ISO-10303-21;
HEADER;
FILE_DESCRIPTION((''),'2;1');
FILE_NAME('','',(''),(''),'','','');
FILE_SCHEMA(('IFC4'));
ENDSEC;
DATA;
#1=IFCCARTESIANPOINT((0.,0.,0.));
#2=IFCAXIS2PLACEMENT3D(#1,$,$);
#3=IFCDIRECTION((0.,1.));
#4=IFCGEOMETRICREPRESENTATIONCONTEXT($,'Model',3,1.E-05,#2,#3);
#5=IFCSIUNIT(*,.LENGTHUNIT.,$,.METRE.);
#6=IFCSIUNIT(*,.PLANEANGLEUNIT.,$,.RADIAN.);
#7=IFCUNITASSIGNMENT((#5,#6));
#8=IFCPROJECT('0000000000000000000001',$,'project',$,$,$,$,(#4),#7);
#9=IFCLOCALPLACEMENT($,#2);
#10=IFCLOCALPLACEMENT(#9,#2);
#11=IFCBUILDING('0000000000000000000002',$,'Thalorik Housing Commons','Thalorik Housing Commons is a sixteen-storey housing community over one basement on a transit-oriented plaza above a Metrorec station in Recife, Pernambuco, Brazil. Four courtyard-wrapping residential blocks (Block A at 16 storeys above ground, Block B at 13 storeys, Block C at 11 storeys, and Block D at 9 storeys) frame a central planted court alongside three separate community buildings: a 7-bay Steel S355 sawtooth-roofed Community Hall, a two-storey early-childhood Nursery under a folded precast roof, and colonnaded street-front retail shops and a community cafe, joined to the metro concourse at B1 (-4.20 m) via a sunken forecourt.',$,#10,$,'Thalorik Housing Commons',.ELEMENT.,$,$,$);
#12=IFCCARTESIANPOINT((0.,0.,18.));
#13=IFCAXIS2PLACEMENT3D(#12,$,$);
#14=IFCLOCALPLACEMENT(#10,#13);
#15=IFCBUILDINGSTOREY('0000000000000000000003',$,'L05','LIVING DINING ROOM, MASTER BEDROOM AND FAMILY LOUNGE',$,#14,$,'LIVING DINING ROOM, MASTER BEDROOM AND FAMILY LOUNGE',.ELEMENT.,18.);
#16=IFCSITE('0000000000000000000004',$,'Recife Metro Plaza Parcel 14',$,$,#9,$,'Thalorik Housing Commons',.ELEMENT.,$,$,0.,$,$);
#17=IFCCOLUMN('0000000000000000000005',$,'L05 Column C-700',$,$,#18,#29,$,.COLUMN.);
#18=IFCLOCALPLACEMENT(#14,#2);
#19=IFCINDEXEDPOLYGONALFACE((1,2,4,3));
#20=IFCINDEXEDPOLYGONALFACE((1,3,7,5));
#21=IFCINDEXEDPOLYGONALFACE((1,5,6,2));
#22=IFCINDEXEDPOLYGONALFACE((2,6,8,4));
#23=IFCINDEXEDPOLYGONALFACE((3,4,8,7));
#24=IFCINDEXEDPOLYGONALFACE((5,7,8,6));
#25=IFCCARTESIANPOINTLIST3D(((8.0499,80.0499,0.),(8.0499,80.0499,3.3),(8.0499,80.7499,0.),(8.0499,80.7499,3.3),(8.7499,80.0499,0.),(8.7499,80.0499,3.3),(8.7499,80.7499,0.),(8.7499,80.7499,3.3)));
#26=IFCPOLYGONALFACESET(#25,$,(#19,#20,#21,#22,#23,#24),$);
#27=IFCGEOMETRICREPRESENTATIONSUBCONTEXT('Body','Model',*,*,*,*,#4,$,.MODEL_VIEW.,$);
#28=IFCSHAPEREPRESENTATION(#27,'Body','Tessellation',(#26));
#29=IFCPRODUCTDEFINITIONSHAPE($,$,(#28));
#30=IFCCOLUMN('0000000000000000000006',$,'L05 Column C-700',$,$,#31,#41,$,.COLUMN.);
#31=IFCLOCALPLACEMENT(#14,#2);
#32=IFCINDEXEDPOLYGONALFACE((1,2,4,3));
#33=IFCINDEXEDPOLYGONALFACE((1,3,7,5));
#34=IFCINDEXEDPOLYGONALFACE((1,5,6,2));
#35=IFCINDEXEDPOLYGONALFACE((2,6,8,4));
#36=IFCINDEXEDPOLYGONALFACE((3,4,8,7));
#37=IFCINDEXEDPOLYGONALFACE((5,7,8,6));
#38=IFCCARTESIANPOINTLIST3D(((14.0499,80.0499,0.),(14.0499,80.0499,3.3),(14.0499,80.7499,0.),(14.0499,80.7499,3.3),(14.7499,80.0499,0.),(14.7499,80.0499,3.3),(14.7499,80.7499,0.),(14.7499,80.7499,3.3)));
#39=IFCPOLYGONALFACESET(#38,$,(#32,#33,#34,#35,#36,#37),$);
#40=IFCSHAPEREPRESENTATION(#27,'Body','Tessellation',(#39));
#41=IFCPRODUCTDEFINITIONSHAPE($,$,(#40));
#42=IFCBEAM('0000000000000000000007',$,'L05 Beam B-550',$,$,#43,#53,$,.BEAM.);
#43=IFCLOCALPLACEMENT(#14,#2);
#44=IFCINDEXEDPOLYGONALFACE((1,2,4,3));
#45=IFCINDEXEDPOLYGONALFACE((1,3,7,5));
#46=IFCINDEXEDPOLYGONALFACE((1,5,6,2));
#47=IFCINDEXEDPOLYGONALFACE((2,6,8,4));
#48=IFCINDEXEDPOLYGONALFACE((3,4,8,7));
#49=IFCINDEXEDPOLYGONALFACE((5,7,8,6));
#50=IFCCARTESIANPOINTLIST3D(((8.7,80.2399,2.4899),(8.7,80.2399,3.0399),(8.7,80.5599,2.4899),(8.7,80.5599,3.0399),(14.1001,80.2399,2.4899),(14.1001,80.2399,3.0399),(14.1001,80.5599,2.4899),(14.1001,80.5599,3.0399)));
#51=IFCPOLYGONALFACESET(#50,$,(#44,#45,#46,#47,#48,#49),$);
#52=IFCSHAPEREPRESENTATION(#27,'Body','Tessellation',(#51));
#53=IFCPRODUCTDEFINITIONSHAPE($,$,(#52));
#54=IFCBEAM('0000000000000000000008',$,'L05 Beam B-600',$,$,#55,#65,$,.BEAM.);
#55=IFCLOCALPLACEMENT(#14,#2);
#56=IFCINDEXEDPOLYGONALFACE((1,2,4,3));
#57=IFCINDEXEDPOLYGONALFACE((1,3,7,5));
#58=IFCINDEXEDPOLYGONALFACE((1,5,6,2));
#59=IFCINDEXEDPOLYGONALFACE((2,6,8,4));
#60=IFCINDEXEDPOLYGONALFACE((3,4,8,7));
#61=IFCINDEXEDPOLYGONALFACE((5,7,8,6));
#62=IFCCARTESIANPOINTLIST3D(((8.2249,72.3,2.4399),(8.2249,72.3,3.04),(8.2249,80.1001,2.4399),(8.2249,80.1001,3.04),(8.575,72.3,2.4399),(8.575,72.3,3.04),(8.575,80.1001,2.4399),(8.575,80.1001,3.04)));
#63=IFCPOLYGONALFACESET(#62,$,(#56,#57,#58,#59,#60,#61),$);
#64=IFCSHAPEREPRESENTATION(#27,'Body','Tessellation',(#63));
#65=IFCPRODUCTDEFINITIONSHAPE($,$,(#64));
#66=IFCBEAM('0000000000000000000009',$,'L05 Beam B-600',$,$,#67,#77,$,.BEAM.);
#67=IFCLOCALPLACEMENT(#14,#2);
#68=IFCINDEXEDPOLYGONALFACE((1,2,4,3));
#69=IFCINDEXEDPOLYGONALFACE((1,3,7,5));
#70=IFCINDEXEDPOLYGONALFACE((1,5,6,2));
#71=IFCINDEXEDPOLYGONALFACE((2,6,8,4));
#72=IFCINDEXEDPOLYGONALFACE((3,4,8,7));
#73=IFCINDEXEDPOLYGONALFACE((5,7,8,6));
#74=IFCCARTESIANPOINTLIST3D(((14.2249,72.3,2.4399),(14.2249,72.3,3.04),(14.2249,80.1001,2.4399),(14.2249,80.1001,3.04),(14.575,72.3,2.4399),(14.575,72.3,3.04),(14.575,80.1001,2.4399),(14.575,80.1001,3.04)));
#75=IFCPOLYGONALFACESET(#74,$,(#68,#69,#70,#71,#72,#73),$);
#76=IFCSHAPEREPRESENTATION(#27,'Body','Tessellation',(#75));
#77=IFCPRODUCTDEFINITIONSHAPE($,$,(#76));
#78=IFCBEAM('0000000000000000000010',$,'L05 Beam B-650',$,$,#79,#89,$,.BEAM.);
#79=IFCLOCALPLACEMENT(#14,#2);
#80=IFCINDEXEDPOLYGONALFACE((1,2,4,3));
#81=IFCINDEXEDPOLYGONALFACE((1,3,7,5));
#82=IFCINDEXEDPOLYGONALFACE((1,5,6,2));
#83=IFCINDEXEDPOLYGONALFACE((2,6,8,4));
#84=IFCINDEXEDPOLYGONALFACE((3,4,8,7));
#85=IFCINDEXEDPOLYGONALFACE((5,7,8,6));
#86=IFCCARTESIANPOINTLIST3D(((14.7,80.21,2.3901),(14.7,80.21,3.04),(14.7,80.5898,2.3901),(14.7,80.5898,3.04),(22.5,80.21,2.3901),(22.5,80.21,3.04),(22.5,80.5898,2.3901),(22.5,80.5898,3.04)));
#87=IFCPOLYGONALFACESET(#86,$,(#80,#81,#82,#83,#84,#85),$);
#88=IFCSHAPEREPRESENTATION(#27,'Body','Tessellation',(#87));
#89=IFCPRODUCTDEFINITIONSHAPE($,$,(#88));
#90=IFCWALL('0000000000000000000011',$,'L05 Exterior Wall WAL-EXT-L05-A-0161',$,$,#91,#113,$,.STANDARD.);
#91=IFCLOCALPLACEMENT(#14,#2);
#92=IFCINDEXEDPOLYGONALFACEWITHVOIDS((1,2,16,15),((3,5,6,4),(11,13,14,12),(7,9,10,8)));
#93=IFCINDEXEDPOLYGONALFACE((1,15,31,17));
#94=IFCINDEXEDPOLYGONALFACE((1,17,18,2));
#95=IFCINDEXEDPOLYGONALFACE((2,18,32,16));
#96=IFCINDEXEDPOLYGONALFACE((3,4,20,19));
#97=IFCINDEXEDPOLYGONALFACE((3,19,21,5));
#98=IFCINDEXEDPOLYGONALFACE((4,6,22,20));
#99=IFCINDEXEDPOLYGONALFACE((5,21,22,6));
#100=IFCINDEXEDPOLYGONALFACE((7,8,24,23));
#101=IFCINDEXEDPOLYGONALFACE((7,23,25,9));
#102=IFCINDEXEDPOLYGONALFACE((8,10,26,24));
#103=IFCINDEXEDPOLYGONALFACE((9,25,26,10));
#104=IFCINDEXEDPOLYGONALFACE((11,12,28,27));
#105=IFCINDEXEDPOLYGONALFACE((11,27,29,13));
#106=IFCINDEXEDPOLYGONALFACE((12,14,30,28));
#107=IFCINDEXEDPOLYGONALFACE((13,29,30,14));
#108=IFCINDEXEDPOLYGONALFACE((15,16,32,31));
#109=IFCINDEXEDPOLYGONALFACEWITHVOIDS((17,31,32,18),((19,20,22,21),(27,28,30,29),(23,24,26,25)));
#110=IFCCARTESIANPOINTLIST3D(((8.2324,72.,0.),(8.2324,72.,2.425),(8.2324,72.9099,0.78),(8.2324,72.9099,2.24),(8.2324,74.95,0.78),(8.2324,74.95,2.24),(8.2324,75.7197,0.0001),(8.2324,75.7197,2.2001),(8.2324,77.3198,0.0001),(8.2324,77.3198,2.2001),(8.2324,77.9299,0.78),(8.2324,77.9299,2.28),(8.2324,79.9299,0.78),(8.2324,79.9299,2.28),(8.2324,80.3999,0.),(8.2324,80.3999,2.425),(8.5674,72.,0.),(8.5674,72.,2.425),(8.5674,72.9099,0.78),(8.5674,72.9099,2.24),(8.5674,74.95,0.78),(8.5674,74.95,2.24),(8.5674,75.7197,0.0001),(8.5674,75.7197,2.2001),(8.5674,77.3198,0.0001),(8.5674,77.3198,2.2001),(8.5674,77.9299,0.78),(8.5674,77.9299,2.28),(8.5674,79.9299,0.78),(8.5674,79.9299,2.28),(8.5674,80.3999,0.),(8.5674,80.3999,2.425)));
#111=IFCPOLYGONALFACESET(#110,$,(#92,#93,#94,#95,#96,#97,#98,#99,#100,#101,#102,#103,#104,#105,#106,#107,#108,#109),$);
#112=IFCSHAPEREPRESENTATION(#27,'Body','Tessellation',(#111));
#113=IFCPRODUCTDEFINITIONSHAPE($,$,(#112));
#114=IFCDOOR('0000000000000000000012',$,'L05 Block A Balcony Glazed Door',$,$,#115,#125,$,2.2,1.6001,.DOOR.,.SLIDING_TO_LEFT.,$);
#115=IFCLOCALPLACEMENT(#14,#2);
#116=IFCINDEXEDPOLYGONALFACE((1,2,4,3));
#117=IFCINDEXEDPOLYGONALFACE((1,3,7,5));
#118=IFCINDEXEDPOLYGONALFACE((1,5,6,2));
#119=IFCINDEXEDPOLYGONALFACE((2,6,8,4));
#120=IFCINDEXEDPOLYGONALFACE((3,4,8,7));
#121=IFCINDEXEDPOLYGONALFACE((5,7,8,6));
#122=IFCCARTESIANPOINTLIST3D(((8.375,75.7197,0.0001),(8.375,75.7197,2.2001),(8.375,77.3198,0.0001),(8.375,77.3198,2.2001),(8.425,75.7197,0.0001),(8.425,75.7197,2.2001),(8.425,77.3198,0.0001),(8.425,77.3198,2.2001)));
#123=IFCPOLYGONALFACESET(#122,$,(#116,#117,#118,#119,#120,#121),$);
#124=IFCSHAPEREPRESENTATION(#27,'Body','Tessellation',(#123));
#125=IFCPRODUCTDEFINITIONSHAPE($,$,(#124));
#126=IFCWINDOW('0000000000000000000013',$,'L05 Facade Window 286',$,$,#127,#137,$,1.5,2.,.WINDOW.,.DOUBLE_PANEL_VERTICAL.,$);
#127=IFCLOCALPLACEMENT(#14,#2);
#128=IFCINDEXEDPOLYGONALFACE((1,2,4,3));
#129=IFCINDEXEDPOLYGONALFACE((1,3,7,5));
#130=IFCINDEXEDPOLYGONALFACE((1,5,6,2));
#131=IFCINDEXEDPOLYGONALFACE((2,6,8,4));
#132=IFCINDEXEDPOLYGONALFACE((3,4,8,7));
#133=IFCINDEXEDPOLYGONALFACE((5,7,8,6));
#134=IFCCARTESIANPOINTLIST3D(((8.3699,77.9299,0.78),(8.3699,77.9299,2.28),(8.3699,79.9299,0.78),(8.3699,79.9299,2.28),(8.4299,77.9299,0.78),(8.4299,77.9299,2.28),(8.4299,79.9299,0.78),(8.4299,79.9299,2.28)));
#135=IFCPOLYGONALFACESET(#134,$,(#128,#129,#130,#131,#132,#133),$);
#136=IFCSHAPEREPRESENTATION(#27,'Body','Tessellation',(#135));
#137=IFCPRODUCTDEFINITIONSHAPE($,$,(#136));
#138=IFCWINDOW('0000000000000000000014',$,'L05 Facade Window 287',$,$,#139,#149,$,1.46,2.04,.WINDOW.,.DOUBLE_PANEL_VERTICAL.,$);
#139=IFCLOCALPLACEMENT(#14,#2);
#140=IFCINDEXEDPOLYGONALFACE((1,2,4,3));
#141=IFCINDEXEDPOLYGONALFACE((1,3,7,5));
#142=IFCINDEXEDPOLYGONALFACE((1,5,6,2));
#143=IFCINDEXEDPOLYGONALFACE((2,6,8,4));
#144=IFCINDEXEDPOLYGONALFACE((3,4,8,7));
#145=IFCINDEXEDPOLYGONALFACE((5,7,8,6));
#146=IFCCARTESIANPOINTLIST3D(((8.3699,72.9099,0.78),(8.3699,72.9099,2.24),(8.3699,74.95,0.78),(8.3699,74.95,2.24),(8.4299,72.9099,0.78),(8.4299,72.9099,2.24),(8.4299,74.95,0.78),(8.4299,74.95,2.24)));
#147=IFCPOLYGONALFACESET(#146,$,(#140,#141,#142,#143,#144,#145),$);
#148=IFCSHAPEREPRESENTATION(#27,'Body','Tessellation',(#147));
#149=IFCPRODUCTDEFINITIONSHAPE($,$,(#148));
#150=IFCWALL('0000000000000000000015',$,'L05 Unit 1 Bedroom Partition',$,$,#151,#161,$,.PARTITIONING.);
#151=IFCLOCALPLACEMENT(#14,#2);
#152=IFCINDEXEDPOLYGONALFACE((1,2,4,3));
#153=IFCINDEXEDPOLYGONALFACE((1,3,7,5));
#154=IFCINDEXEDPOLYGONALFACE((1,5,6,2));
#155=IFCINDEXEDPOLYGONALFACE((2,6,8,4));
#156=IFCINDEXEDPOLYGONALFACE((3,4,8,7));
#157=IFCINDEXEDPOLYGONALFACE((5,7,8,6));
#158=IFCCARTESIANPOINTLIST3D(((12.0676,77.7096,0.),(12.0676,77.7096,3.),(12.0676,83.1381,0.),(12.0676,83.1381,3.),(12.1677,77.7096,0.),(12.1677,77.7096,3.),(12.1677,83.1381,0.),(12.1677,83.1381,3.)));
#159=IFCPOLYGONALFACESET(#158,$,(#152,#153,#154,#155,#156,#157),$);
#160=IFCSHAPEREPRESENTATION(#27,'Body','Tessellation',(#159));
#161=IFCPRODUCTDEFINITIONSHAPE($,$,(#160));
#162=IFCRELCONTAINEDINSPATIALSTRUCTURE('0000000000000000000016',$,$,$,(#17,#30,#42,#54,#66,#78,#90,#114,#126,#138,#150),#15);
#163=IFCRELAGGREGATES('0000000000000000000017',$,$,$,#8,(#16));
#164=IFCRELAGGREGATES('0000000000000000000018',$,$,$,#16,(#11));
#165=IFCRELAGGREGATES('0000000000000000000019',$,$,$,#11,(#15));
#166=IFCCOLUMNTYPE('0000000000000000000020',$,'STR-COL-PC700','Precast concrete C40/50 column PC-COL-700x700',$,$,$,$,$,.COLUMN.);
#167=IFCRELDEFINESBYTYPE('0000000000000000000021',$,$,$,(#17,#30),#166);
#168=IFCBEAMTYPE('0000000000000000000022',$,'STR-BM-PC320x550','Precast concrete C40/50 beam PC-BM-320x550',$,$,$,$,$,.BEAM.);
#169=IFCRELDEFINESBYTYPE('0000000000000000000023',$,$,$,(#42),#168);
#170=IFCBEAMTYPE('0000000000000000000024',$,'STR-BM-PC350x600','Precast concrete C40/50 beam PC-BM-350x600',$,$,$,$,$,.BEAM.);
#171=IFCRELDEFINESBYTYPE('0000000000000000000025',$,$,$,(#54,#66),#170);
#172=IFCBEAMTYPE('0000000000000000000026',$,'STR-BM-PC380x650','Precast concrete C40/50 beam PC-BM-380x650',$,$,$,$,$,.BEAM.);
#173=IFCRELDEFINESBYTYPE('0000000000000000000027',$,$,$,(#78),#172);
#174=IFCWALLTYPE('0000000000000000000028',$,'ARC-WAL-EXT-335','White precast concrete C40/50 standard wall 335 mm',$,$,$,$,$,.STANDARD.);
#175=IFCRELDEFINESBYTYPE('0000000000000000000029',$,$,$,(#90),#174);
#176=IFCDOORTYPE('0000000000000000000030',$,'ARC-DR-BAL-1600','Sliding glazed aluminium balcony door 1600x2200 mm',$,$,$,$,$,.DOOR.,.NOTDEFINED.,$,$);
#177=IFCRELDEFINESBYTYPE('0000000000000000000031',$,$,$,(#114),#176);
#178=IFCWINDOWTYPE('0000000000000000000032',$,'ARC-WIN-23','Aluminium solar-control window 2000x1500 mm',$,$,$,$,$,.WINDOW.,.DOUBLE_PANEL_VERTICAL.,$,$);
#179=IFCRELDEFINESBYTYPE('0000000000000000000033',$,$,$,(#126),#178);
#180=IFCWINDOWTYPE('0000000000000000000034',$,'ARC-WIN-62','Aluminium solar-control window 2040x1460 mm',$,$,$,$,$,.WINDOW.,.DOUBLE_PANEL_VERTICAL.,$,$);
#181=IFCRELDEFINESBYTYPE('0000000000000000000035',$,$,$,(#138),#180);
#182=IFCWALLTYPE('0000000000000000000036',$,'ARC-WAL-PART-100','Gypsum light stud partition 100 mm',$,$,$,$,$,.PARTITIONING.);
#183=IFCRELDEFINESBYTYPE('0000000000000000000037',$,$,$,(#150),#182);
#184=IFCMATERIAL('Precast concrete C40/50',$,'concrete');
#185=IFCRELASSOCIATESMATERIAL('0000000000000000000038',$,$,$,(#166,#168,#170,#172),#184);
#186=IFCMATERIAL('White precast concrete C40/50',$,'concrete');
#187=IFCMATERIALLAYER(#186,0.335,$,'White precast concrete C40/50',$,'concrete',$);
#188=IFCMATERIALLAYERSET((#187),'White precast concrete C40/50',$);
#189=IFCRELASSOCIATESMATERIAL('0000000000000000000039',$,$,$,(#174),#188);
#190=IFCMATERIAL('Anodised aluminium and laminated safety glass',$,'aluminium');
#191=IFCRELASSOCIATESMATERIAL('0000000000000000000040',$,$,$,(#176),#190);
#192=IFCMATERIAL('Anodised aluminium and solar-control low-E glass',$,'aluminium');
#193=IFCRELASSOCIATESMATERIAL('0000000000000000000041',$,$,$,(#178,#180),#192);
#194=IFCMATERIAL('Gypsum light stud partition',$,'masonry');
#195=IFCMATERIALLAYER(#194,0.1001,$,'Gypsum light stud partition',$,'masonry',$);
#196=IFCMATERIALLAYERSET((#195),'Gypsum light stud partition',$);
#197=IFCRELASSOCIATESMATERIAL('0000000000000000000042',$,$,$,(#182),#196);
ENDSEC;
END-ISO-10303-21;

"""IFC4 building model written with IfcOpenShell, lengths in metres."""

from ifc_helpers import new_model, si_unit, direction, frame, frame_2d, origin, origin_2d, place, context, subcontext, project, spatial, rectangle, extrude, material, layer, layer_set, material_profile, profile_set, type_object, element, fill, save


model = new_model("IFC4")

# Units and contexts
model_context = context("Model", 3, precision=1e-05, world=origin(), true_north=direction((0.0, 1.0)))
body_context = subcontext(model_context, "Body", "Model", "MODEL_VIEW")
ifc_project = project(units=[si_unit("LENGTHUNIT", "METRE"), si_unit("PLANEANGLEUNIT", "RADIAN")], contexts=[model_context])

# Site, building, storey
site_placement = place(None, origin())
site = spatial("IfcSite", under=ifc_project, at=site_placement, Name="Recife Metro Plaza Parcel 14", LongName="Thalorik Housing Commons", CompositionType="ELEMENT", RefElevation=0.0)
building_placement = place(site_placement, origin())
building = spatial("IfcBuilding", under=site, at=building_placement, Name="Thalorik Housing Commons", Description="Thalorik Housing Commons is a sixteen-storey housing community over one basement on a transit-oriented plaza above a Metrorec station in Recife, Pernambuco, Brazil. Four courtyard-wrapping residential blocks (Block A at 16 storeys above ground, Block B at 13 storeys, Block C at 11 storeys, and Block D at 9 storeys) frame a central planted court alongside three separate community buildings: a 7-bay Steel S355 sawtooth-roofed Community Hall, a two-storey early-childhood Nursery under a folded precast roof, and colonnaded street-front retail shops and a community cafe, joined to the metro concourse at B1 (-4.20 m) via a sunken forecourt.", LongName="Thalorik Housing Commons", CompositionType="ELEMENT")
storey_placement = place(building_placement, frame((0.0, 0.0, 18.0)))
storey = spatial("IfcBuildingStorey", under=building, at=storey_placement, Name="L05", Description="LIVING DINING ROOM, MASTER BEDROOM AND FAMILY LOUNGE", LongName="LIVING DINING ROOM, MASTER BEDROOM AND FAMILY LOUNGE", CompositionType="ELEMENT", Elevation=18.0)

# Columns
ifc_material_1 = material(Name="Precast concrete C40/50", Category="concrete")
ifc_material_profile_1 = material_profile(ifc_material_1, rectangle(XDim=0.7, YDim=0.7, at=origin_2d()), Name="PC 700x700", Category="concrete")
ifc_profile_set_1 = profile_set([ifc_material_profile_1], Name="Precast concrete C40/50")
column_type = type_object("IfcColumnType", Name="STR-COL-PC700", Description="Precast concrete C40/50 column PC-COL-700x700", PredefinedType="COLUMN", material=ifc_profile_set_1)
for number, where, z_axis, x_axis, name in (
    (1, (8.3999, 80.3999, 0.0), (0.0, 0.0, 1.0), (1.0, 0.0, 0.0), "L05 Column C-700"),
    (2, (14.3999, 80.3999, 0.0), (0.0, 0.0, 1.0), (1.0, 0.0, 0.0), "L05 Column C-700"),
):
    element("IfcColumn", number, at=place(storey_placement, frame(where, z_axis=z_axis, x_axis=x_axis)), inside=storey, type_object=column_type, Name=name, PredefinedType="COLUMN", context=body_context, shape_type="SweptSolid", body=[
        extrude(rectangle(XDim=0.7, YDim=0.7, at=origin_2d()), origin(), (0.0, 0.0, 1.0), 3.3),
    ])

# Beams
ifc_material_profile_2 = material_profile(ifc_material_1, rectangle(XDim=0.3201, YDim=0.55, at=origin_2d()), Name="PC 320x550", Category="concrete")
ifc_profile_set_2 = profile_set([ifc_material_profile_2], Name="Precast concrete C40/50")
beam_type_1 = type_object("IfcBeamType", Name="STR-BM-PC320x550", Description="Precast concrete C40/50 beam PC-BM-320x550", PredefinedType="BEAM", material=ifc_profile_set_2)
beam_1_placement = place(storey_placement, frame((8.7, 80.3999, 2.7649), z_axis=(1.0, 0.0, 0.0), x_axis=(0.0, 1.0, 0.0)))
element("IfcBeam", 3, at=beam_1_placement, inside=storey, type_object=beam_type_1, Name="L05 Beam B-550", PredefinedType="BEAM", context=body_context, shape_type="SweptSolid", body=[
    extrude(rectangle(XDim=0.3201, YDim=0.55, at=origin_2d()), origin(), (0.0, 0.0, 1.0), 5.4001),
])
ifc_material_profile_3 = material_profile(ifc_material_1, rectangle(XDim=0.3501, YDim=0.6001, at=origin_2d()), Name="PC 350x600", Category="concrete")
ifc_profile_set_3 = profile_set([ifc_material_profile_3], Name="Precast concrete C40/50")
beam_type_2 = type_object("IfcBeamType", Name="STR-BM-PC350x600", Description="Precast concrete C40/50 beam PC-BM-350x600", PredefinedType="BEAM", material=ifc_profile_set_3)
for number, where, z_axis, x_axis, name in (
    (4, (8.3999, 72.3, 2.74), (0.0, 1.0, 0.0), (-1.0, 0.0, 0.0), "L05 Beam B-600"),
    (5, (14.3999, 72.3, 2.74), (0.0, 1.0, 0.0), (-1.0, 0.0, 0.0), "L05 Beam B-600"),
):
    element("IfcBeam", number, at=place(storey_placement, frame(where, z_axis=z_axis, x_axis=x_axis)), inside=storey, type_object=beam_type_2, Name=name, PredefinedType="BEAM", context=body_context, shape_type="SweptSolid", body=[
        extrude(rectangle(XDim=0.3501, YDim=0.6001, at=origin_2d()), origin(), (0.0, 0.0, 1.0), 7.8),
    ])
ifc_material_profile_4 = material_profile(ifc_material_1, rectangle(XDim=0.3799, YDim=0.6499, at=origin_2d()), Name="PC 380x650", Category="concrete")
ifc_profile_set_4 = profile_set([ifc_material_profile_4], Name="Precast concrete C40/50")
beam_type_3 = type_object("IfcBeamType", Name="STR-BM-PC380x650", Description="Precast concrete C40/50 beam PC-BM-380x650", PredefinedType="BEAM", material=ifc_profile_set_4)
beam_2_placement = place(storey_placement, frame((14.7, 80.3999, 2.7151), z_axis=(1.0, 0.0, 0.0), x_axis=(0.0, 1.0, 0.0)))
element("IfcBeam", 6, at=beam_2_placement, inside=storey, type_object=beam_type_3, Name="L05 Beam B-650", PredefinedType="BEAM", context=body_context, shape_type="SweptSolid", body=[
    extrude(rectangle(XDim=0.3799, YDim=0.6499, at=origin_2d()), origin(), (0.0, 0.0, 1.0), 7.8),
])

# Wall, openings, door, windows
ifc_material_2 = material(Name="White precast concrete C40/50", Category="concrete")
ifc_layer_1 = layer(ifc_material_2, 0.335, Name="White precast concrete C40/50", Category="concrete")
ifc_layer_set_1 = layer_set([ifc_layer_1], Name="White precast concrete C40/50")
wall_type_1 = type_object("IfcWallType", Name="ARC-WAL-EXT-335", Description="White precast concrete C40/50 standard wall 335 mm", PredefinedType="STANDARD", material=ifc_layer_set_1)
wall_1_placement = place(storey_placement, frame((8.3999, 80.3999, 0.0), z_axis=(0.0, 0.0, 1.0), x_axis=(0.0, -1.0, 0.0)))
wall_1 = element("IfcWall", 7, at=wall_1_placement, inside=storey, type_object=wall_type_1, Name="L05 Exterior Wall WAL-EXT-L05-A-0161", PredefinedType="STANDARD", context=body_context, shape_type="SweptSolid", body=[
    extrude(rectangle(XDim=8.3999, YDim=0.335, at=frame_2d((4.2, 0.0))), origin(), (0.0, 0.0, 1.0), 2.425),
])
opening_1_placement = place(wall_1_placement, frame((3.0801, 0.0, 0.0)))
opening_1 = element("IfcOpeningElement", 8, at=opening_1_placement, cuts=wall_1, PredefinedType="OPENING", context=body_context, shape_type="SweptSolid", body=[
    extrude(rectangle(XDim=1.6001, YDim=2.2, at=frame_2d((0.8, 1.1001))), frame((0.0, 0.1775, 0.0), z_axis=(0.0, -1.0, 0.0), x_axis=(1.0, 0.0, 0.0)), (0.0, 0.0, 1.0), 0.355),
])
opening_2_placement = place(wall_1_placement, frame((0.47, 0.0, 0.78)))
opening_2 = element("IfcOpeningElement", 9, at=opening_2_placement, cuts=wall_1, PredefinedType="OPENING", context=body_context, shape_type="SweptSolid", body=[
    extrude(rectangle(XDim=2.0, YDim=1.5, at=frame_2d((1.0, 0.75))), frame((0.0, 0.1775, 0.0), z_axis=(0.0, -1.0, 0.0), x_axis=(1.0, 0.0, 0.0)), (0.0, 0.0, 1.0), 0.355),
])
opening_3_placement = place(wall_1_placement, frame((5.45, 0.0, 0.78)))
opening_3 = element("IfcOpeningElement", 10, at=opening_3_placement, cuts=wall_1, PredefinedType="OPENING", context=body_context, shape_type="SweptSolid", body=[
    extrude(rectangle(XDim=2.04, YDim=1.46, at=frame_2d((1.02, 0.73))), frame((0.0, 0.1775, 0.0), z_axis=(0.0, -1.0, 0.0), x_axis=(1.0, 0.0, 0.0)), (0.0, 0.0, 1.0), 0.355),
])
ifc_material_3 = material(Name="Anodised aluminium and laminated safety glass", Category="aluminium")
door_type_1 = type_object("IfcDoorType", Name="ARC-DR-BAL-1600", Description="Sliding glazed aluminium balcony door 1600x2200 mm", OperationType="NOTDEFINED", PredefinedType="DOOR", material=ifc_material_3)
door_1_placement = place(opening_1_placement, frame((1.6001, 0.0, 0.0), z_axis=(0.0, 0.0, 1.0), x_axis=(-1.0, 0.0, 0.0)))
door_1 = element("IfcDoor", 11, at=door_1_placement, inside=storey, type_object=door_type_1, Name="L05 Block A Balcony Glazed Door", OperationType="SLIDING_TO_LEFT", OverallHeight=2.2, OverallWidth=1.6001, PredefinedType="DOOR", context=body_context, shape_type="SweptSolid", body=[
    extrude(rectangle(XDim=1.6001, YDim=2.2, at=frame_2d((0.8, 1.1001))), frame((0.0, 0.0249, 0.0), z_axis=(0.0, -1.0, 0.0), x_axis=(1.0, 0.0, 0.0)), (0.0, 0.0, 1.0), 0.05),
])
fill(opening_1, door_1)
ifc_material_4 = material(Name="Anodised aluminium and solar-control low-E glass", Category="aluminium")
window_type_1 = type_object("IfcWindowType", Name="ARC-WIN-23", Description="Aluminium solar-control window 2000x1500 mm", PartitioningType="DOUBLE_PANEL_VERTICAL", PredefinedType="WINDOW", material=ifc_material_4)
window_1_placement = place(opening_2_placement, origin())
window_1 = element("IfcWindow", 12, at=window_1_placement, inside=storey, type_object=window_type_1, Name="L05 Facade Window 286", OverallHeight=1.5, OverallWidth=2.0, PartitioningType="DOUBLE_PANEL_VERTICAL", PredefinedType="WINDOW", context=body_context, shape_type="SweptSolid", body=[
    extrude(rectangle(XDim=2.0, YDim=1.5, at=frame_2d((1.0, 0.75))), frame((0.0, 0.03, 0.0), z_axis=(0.0, -1.0, 0.0), x_axis=(1.0, 0.0, 0.0)), (0.0, 0.0, 1.0), 0.0601),
])
fill(opening_2, window_1)
window_type_2 = type_object("IfcWindowType", Name="ARC-WIN-62", Description="Aluminium solar-control window 2040x1460 mm", PartitioningType="DOUBLE_PANEL_VERTICAL", PredefinedType="WINDOW", material=ifc_material_4)
window_2_placement = place(opening_3_placement, origin())
window_2 = element("IfcWindow", 13, at=window_2_placement, inside=storey, type_object=window_type_2, Name="L05 Facade Window 287", OverallHeight=1.46, OverallWidth=2.04, PartitioningType="DOUBLE_PANEL_VERTICAL", PredefinedType="WINDOW", context=body_context, shape_type="SweptSolid", body=[
    extrude(rectangle(XDim=2.04, YDim=1.46, at=frame_2d((1.02, 0.73))), frame((0.0, 0.03, 0.0), z_axis=(0.0, -1.0, 0.0), x_axis=(1.0, 0.0, 0.0)), (0.0, 0.0, 1.0), 0.0601),
])
fill(opening_3, window_2)

# Wall
ifc_material_5 = material(Name="Gypsum light stud partition", Category="masonry")
ifc_layer_2 = layer(ifc_material_5, 0.1001, Name="Gypsum light stud partition", Category="masonry")
ifc_layer_set_2 = layer_set([ifc_layer_2], Name="Gypsum light stud partition")
wall_type_2 = type_object("IfcWallType", Name="ARC-WAL-PART-100", Description="Gypsum light stud partition 100 mm", PredefinedType="PARTITIONING", material=ifc_layer_set_2)
wall_2_placement = place(storey_placement, frame((12.1177, 77.7095, 0.0), z_axis=(0.0, 0.0, 1.0), x_axis=(0.0, 1.0, 0.0)))
element("IfcWall", 14, at=wall_2_placement, inside=storey, type_object=wall_type_2, Name="L05 Unit 1 Bedroom Partition", PredefinedType="PARTITIONING", context=body_context, shape_type="SweptSolid", body=[
    extrude(rectangle(XDim=5.4285, YDim=0.1001, at=frame_2d((2.7144, 0.0))), origin(), (0.0, 0.0, 1.0), 3.0),
])

save(model, "model.ifc")
